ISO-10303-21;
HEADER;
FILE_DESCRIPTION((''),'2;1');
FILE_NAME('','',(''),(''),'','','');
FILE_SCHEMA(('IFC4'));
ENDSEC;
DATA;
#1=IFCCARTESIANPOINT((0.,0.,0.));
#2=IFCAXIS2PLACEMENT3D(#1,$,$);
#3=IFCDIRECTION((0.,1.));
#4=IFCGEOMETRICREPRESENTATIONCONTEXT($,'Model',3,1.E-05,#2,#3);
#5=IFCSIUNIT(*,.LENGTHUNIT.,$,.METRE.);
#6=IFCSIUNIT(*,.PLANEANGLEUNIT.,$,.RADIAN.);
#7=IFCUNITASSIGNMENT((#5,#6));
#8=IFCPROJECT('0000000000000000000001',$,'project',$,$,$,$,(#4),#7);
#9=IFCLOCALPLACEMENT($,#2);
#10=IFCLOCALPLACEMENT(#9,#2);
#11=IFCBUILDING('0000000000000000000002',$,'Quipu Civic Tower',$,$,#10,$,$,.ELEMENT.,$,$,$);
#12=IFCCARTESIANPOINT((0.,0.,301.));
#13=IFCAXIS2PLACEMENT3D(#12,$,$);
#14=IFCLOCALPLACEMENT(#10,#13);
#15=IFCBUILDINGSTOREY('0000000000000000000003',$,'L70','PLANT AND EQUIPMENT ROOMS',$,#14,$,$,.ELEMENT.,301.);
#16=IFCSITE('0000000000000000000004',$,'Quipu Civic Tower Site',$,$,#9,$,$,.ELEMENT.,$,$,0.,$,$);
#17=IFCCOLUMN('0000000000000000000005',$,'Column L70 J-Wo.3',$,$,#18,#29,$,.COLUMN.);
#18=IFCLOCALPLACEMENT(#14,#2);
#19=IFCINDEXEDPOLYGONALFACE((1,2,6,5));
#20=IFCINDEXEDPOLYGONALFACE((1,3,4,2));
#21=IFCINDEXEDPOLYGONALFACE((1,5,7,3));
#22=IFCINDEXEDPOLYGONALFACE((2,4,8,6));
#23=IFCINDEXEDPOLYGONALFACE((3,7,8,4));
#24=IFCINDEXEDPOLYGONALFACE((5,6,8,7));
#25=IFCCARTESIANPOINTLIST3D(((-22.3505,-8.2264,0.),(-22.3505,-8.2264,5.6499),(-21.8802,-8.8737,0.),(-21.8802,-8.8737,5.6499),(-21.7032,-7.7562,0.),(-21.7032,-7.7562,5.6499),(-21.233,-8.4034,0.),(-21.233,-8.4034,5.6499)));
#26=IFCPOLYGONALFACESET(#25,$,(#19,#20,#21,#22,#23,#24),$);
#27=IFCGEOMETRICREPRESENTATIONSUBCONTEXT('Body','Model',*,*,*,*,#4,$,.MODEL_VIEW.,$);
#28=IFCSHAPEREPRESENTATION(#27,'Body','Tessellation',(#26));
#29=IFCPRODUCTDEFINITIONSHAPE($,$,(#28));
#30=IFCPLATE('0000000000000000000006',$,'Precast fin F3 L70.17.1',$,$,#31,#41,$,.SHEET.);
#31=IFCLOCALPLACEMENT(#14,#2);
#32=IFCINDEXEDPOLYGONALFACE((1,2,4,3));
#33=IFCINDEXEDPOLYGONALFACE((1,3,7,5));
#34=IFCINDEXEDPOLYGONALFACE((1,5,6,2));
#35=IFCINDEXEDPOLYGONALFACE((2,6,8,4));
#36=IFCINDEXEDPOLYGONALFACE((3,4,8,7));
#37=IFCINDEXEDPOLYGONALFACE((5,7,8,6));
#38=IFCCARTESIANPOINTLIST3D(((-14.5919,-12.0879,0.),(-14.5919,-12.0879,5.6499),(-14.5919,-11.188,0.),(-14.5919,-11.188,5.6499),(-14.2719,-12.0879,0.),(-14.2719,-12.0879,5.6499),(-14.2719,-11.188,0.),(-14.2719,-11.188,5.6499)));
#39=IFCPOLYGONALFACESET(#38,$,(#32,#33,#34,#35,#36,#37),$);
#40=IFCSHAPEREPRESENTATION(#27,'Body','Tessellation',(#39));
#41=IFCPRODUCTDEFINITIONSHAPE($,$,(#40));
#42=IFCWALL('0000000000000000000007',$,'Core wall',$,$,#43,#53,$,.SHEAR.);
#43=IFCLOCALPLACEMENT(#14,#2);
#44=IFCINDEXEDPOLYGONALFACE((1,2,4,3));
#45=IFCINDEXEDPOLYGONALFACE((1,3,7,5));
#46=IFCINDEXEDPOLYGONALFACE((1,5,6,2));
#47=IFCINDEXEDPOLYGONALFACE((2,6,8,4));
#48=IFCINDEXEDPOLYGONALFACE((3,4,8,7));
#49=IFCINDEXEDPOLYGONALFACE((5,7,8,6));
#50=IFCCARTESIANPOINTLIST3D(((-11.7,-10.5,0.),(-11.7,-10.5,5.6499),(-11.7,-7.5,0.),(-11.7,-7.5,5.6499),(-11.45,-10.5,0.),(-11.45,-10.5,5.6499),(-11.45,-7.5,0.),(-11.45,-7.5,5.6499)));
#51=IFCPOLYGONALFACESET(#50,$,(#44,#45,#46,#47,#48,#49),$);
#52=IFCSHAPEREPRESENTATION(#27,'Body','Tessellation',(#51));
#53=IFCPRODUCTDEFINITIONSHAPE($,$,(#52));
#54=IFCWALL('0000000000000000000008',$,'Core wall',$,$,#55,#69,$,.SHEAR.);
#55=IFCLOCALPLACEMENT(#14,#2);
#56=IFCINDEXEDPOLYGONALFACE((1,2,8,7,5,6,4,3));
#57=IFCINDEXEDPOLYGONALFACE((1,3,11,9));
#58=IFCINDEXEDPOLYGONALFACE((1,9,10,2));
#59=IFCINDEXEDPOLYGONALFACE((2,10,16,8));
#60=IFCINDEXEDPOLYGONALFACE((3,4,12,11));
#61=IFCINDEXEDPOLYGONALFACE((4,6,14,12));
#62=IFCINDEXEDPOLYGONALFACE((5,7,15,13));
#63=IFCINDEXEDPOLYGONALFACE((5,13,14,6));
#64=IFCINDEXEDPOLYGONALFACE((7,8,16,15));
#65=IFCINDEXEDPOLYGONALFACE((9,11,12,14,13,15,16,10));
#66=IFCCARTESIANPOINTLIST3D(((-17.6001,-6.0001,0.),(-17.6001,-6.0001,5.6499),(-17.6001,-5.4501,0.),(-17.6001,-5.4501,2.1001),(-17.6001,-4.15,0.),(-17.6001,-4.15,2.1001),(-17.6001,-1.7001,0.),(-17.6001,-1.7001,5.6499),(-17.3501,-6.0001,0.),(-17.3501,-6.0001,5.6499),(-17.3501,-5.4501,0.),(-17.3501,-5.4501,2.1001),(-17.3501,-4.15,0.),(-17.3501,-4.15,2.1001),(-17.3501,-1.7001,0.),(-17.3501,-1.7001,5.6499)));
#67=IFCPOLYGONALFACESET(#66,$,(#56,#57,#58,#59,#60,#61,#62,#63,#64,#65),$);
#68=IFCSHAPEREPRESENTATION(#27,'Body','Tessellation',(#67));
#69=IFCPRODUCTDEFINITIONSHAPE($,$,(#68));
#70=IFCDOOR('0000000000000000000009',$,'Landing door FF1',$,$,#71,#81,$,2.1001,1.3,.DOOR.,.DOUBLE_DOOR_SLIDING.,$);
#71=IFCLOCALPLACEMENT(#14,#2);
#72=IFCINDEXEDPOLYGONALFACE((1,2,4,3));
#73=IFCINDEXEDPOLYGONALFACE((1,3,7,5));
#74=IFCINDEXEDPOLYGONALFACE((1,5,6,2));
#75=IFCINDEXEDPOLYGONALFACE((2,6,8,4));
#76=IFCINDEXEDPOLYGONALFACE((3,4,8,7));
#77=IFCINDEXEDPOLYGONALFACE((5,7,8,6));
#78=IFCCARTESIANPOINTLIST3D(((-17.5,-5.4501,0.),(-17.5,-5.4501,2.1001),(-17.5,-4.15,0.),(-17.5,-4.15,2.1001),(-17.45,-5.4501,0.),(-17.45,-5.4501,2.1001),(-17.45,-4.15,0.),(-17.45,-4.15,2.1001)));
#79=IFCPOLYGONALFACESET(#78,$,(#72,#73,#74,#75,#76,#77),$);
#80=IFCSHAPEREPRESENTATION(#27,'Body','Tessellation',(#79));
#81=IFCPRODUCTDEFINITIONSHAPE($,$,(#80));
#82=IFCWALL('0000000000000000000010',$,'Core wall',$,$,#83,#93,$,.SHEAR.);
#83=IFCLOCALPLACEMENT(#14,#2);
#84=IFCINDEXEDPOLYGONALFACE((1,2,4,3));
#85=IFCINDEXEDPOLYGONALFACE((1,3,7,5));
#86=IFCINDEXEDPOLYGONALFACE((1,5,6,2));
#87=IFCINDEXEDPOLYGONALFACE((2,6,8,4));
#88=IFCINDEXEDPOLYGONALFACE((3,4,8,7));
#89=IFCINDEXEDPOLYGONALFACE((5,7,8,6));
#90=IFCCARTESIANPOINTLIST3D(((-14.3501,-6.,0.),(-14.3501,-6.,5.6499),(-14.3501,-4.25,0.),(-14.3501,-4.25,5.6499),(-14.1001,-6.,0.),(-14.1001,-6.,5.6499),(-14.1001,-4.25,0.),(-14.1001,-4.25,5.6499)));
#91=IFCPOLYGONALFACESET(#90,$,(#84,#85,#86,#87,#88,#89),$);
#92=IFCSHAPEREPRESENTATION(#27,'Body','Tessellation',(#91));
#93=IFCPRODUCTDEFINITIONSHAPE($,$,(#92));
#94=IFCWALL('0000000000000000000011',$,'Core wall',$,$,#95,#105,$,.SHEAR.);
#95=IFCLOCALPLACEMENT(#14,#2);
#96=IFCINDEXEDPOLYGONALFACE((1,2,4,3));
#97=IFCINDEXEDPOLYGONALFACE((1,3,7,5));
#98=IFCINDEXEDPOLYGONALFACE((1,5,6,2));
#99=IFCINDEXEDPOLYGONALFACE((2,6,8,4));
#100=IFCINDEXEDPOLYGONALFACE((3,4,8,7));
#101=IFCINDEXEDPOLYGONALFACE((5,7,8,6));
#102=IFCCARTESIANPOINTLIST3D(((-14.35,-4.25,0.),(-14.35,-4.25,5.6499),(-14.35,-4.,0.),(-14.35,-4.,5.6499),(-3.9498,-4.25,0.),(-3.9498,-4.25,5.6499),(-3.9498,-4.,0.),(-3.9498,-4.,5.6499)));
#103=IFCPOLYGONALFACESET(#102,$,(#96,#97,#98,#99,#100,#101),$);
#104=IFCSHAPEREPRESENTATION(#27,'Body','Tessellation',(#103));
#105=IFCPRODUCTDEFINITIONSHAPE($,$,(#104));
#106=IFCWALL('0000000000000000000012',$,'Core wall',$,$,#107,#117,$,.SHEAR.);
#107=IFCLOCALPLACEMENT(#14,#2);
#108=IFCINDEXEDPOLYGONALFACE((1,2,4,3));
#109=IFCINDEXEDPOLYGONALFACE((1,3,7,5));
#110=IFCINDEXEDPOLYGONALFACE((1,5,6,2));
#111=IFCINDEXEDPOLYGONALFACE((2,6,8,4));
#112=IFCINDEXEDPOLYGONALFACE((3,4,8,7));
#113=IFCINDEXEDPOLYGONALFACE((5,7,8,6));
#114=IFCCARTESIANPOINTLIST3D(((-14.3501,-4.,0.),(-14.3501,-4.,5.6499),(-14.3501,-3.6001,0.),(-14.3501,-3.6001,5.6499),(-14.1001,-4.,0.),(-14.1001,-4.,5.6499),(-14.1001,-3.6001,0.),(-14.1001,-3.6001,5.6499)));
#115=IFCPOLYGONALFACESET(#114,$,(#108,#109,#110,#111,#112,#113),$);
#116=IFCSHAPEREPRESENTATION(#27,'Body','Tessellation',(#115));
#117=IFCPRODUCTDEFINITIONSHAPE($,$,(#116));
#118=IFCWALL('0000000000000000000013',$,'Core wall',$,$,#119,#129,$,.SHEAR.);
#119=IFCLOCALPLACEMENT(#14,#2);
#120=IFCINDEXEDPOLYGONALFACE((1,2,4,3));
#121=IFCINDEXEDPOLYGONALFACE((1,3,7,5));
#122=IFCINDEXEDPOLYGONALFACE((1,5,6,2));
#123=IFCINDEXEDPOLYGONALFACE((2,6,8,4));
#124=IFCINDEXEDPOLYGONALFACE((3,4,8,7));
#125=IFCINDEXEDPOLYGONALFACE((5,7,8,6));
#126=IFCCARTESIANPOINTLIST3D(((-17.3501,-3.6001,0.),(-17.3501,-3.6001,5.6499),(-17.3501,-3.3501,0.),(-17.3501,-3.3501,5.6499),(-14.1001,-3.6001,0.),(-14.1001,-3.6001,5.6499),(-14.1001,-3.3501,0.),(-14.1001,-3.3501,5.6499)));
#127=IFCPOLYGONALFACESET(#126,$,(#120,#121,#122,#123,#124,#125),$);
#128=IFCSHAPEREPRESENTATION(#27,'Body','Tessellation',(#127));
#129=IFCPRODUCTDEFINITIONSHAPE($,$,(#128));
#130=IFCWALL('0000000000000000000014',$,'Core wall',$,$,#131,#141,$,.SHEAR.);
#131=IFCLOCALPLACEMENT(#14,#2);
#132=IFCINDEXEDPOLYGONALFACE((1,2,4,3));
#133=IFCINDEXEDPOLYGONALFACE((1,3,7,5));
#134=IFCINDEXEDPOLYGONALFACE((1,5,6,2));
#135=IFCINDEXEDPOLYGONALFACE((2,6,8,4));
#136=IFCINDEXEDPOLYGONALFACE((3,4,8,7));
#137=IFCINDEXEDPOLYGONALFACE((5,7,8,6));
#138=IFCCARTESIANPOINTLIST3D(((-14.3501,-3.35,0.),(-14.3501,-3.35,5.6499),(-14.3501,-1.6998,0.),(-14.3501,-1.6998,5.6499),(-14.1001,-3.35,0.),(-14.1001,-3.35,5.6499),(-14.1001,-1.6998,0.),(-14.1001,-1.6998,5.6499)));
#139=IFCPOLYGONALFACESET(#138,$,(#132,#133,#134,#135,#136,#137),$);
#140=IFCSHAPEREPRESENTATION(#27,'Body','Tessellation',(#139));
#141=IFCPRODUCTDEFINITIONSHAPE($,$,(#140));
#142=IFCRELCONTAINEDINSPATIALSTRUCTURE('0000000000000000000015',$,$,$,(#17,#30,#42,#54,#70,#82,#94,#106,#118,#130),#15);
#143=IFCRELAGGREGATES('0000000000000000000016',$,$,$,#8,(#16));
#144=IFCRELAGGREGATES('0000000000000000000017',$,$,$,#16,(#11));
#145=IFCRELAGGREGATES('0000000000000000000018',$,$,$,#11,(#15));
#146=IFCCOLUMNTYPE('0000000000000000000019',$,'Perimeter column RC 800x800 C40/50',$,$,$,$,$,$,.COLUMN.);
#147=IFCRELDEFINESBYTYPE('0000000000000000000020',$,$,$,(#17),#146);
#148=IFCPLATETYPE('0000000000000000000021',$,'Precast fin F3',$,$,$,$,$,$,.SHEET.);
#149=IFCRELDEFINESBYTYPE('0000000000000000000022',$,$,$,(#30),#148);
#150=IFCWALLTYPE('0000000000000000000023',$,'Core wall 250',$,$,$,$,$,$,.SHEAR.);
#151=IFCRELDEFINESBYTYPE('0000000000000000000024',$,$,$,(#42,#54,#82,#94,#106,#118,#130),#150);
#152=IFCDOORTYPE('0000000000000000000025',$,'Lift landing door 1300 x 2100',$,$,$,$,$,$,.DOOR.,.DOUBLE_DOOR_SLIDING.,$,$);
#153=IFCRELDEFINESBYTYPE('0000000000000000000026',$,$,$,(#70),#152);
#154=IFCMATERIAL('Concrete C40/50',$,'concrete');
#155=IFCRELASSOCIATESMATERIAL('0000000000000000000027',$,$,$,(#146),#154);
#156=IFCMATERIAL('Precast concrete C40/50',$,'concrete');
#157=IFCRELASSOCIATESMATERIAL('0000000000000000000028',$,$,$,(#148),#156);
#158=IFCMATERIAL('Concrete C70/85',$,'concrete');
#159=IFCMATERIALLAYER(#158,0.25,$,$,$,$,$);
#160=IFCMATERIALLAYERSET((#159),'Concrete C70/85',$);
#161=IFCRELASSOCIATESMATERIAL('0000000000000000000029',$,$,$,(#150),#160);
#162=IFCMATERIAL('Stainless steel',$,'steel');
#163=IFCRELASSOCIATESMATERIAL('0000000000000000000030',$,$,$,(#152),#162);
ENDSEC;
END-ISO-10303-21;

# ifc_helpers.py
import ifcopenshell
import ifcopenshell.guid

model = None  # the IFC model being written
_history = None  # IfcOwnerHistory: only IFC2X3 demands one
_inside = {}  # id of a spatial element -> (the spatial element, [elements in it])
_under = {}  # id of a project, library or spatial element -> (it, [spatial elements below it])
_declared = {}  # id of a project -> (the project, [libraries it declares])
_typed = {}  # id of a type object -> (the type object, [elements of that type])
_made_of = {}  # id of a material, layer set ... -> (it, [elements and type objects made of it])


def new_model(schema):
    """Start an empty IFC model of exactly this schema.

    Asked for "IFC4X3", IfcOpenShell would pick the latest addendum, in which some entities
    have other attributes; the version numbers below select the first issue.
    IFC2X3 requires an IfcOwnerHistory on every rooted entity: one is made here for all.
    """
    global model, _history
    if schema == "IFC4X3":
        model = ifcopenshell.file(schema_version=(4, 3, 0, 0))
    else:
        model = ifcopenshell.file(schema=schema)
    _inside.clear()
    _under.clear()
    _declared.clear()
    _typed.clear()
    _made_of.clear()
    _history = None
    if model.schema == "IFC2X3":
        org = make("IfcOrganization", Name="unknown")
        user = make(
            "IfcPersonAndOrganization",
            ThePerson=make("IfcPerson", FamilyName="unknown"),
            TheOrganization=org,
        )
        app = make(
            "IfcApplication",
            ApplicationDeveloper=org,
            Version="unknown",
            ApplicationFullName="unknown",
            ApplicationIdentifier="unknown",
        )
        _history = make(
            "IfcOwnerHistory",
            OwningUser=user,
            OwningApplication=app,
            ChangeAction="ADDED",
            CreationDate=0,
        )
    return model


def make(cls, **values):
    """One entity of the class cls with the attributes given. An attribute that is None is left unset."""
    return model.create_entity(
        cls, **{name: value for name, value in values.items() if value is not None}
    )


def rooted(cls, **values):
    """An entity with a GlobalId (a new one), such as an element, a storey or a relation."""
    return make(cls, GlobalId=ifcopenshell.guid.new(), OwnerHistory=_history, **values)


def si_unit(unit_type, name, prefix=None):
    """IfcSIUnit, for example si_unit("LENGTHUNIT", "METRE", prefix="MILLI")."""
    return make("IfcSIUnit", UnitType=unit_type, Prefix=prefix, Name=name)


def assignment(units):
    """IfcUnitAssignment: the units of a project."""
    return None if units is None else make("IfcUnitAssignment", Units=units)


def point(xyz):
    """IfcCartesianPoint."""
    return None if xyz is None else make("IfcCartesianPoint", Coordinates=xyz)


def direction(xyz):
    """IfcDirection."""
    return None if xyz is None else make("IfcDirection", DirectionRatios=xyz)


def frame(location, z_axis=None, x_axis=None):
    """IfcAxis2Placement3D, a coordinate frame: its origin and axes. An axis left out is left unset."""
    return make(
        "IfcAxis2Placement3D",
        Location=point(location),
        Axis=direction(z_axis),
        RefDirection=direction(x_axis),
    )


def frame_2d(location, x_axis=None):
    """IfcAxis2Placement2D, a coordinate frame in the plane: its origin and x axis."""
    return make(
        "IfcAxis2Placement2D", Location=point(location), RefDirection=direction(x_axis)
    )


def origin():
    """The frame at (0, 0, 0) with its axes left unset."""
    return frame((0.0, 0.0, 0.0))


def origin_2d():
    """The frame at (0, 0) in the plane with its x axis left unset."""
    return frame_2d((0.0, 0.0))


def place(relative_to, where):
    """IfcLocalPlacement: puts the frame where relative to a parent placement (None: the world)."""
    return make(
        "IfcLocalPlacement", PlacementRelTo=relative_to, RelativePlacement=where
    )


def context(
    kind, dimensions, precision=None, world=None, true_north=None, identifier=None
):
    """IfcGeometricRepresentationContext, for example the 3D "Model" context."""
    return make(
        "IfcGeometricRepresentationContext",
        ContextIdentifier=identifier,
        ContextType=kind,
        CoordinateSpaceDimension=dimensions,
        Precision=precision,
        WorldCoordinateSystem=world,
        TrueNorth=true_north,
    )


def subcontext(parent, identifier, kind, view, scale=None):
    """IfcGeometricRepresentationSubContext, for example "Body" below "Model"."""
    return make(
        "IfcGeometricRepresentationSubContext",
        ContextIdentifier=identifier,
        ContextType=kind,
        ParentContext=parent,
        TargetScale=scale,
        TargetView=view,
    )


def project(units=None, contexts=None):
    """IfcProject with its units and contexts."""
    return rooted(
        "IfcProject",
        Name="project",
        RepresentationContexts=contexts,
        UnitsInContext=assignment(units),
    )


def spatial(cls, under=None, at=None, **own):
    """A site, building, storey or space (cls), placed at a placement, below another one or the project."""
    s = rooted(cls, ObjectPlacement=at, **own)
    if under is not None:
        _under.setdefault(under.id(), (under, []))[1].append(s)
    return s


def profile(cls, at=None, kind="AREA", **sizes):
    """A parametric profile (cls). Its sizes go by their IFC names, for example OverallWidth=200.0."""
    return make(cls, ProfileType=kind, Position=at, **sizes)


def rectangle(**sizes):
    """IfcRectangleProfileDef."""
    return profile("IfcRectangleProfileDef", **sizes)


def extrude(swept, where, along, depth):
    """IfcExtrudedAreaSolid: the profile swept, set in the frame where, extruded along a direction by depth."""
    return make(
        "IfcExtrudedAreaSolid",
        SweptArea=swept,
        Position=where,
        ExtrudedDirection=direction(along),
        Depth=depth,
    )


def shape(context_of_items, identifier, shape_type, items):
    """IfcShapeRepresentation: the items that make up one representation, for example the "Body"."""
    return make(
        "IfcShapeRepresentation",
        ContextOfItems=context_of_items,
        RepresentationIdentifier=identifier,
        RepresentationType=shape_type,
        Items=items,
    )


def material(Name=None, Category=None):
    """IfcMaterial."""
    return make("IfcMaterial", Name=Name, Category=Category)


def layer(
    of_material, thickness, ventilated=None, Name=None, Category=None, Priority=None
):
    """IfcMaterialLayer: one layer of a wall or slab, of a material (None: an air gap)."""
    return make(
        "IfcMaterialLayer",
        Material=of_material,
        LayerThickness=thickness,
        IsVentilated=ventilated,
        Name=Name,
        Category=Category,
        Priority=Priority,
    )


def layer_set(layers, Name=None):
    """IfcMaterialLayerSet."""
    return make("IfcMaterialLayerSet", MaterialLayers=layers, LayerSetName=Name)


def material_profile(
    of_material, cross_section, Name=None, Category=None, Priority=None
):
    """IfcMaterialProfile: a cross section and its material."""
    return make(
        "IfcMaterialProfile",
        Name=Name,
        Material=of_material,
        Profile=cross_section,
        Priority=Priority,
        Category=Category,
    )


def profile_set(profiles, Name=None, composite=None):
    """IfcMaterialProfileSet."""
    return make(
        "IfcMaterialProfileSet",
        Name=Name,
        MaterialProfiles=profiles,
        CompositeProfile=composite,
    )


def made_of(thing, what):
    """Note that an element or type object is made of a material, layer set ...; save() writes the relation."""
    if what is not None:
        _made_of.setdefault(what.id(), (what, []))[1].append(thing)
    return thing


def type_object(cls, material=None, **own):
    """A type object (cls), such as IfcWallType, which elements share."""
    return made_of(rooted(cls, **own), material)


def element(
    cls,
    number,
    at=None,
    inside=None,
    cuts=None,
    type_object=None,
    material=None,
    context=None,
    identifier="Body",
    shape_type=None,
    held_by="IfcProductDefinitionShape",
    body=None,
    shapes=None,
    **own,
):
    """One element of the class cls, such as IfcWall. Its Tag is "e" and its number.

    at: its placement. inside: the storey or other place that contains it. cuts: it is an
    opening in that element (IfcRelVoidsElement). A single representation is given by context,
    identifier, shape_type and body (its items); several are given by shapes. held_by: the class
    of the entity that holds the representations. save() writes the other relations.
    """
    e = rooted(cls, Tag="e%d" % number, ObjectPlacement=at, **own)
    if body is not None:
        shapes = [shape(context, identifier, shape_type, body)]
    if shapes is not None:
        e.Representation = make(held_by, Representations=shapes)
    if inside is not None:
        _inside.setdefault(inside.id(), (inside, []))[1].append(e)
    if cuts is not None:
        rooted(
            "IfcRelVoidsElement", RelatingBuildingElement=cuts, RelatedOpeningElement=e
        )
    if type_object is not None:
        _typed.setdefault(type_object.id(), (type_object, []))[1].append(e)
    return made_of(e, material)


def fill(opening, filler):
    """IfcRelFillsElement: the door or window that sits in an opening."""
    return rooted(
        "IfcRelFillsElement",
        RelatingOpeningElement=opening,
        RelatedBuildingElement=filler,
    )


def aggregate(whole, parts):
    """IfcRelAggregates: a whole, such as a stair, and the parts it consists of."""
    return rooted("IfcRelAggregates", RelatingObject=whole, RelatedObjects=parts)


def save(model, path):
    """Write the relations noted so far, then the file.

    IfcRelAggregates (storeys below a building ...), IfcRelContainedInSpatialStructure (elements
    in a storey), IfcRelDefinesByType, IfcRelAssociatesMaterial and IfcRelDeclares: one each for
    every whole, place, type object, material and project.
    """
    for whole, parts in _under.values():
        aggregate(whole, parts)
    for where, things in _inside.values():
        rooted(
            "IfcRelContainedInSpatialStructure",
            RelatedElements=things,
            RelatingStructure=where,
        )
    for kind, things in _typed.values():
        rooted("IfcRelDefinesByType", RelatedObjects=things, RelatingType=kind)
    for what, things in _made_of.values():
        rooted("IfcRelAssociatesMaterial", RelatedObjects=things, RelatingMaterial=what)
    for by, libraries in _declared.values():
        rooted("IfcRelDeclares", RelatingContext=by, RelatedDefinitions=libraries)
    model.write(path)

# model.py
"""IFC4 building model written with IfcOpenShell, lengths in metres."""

from ifc_helpers import new_model, si_unit, direction, frame, frame_2d, origin, origin_2d, place, context, subcontext, project, spatial, rectangle, extrude, material, layer, layer_set, material_profile, profile_set, type_object, element, fill, save


model = new_model("IFC4")

# Units and contexts
model_context = context("Model", 3, precision=1e-05, world=origin(), true_north=direction((0.0, 1.0)))
body_context = subcontext(model_context, "Body", "Model", "MODEL_VIEW")
ifc_project = project(units=[si_unit("LENGTHUNIT", "METRE"), si_unit("PLANEANGLEUNIT", "RADIAN")], contexts=[model_context])

# Site, building, storey
site_placement = place(None, origin())
site = spatial("IfcSite", under=ifc_project, at=site_placement, Name="Quipu Civic Tower Site", CompositionType="ELEMENT", RefElevation=0.0)
building_placement = place(site_placement, origin())
building = spatial("IfcBuilding", under=site, at=building_placement, Name="Quipu Civic Tower", CompositionType="ELEMENT")
storey_placement = place(building_placement, frame((0.0, 0.0, 301.0)))
storey = spatial("IfcBuildingStorey", under=building, at=storey_placement, Name="L70", Description="PLANT AND EQUIPMENT ROOMS", CompositionType="ELEMENT", Elevation=301.0)

# Column
ifc_material_1 = material(Name="Concrete C40/50", Category="concrete")
ifc_material_profile = material_profile(ifc_material_1, rectangle(XDim=0.8, YDim=0.8, at=origin_2d()), Name="RC800x800")
ifc_profile_set = profile_set([ifc_material_profile], Name="Concrete C40/50")
column_type = type_object("IfcColumnType", Name="Perimeter column RC 800x800 C40/50", PredefinedType="COLUMN", material=ifc_profile_set)
column_placement = place(storey_placement, frame((-21.7917, -8.3149, 0.0), z_axis=(0.0, 0.0, 1.0), x_axis=(0.587785, -0.809017, 0.0)))
element("IfcColumn", 1, at=column_placement, inside=storey, type_object=column_type, Name="Column L70 J-Wo.3", PredefinedType="COLUMN", context=body_context, shape_type="SweptSolid", body=[
    extrude(rectangle(XDim=0.8, YDim=0.8, at=origin_2d()), origin(), (0.0, 0.0, 1.0), 5.6499),
])

# Plate
ifc_material_2 = material(Name="Precast concrete C40/50", Category="concrete")
plate_type = type_object("IfcPlateType", Name="Precast fin F3", PredefinedType="SHEET", material=ifc_material_2)
plate_placement = place(storey_placement, frame((-14.4319, -11.6379, 0.0), z_axis=(0.0, 0.0, 1.0), x_axis=(1.0, 0.0, 0.0)))
element("IfcPlate", 2, at=plate_placement, inside=storey, type_object=plate_type, Name="Precast fin F3 L70.17.1", PredefinedType="SHEET", context=body_context, shape_type="SweptSolid", body=[
    extrude(rectangle(XDim=0.3201, YDim=0.8999, at=origin_2d()), origin(), (0.0, 0.0, 1.0), 5.6499),
])

# Wall
ifc_material_3 = material(Name="Concrete C70/85", Category="concrete")
ifc_layer_1 = layer(ifc_material_3, 0.25)
ifc_layer_set_1 = layer_set([ifc_layer_1], Name="Concrete C70/85")
wall_type_1 = type_object("IfcWallType", Name="Core wall 250", PredefinedType="SHEAR", material=ifc_layer_set_1)
wall_1_placement = place(storey_placement, frame((-11.575, -10.5, 0.0), z_axis=(0.0, 0.0, 1.0), x_axis=(0.0, 1.0, 0.0)))
element("IfcWall", 3, at=wall_1_placement, inside=storey, type_object=wall_type_1, Name="Core wall", PredefinedType="SHEAR", context=body_context, shape_type="SweptSolid", body=[
    extrude(rectangle(XDim=3.0, YDim=0.25, at=frame_2d((1.5, 0.0))), origin(), (0.0, 0.0, 1.0), 5.6499),
])

# Wall, opening, door
wall_2_placement = place(storey_placement, frame((-17.4751, -6.0, 0.0), z_axis=(0.0, 0.0, 1.0), x_axis=(0.0, 1.0, 0.0)))
wall_2 = element("IfcWall", 4, at=wall_2_placement, inside=storey, type_object=wall_type_1, Name="Core wall", PredefinedType="SHEAR", context=body_context, shape_type="SweptSolid", body=[
    extrude(rectangle(XDim=4.3, YDim=0.25, at=frame_2d((2.1499, 0.0))), origin(), (0.0, 0.0, 1.0), 5.6499),
])
opening_1_placement = place(wall_2_placement, frame((0.55, 0.0, 0.0)))
opening_1 = element("IfcOpeningElement", 5, at=opening_1_placement, cuts=wall_2, PredefinedType="OPENING", context=body_context, shape_type="SweptSolid", body=[
    extrude(rectangle(XDim=1.3, YDim=2.1001, at=frame_2d((0.6499, 1.05))), frame((0.0, 0.135, 0.0), z_axis=(0.0, -1.0, 0.0), x_axis=(1.0, 0.0, 0.0)), (0.0, 0.0, 1.0), 0.27),
])
ifc_material_4 = material(Name="Stainless steel", Category="steel")
door_type_1 = type_object("IfcDoorType", Name="Lift landing door 1300 x 2100", OperationType="DOUBLE_DOOR_SLIDING", PredefinedType="DOOR", material=ifc_material_4)
door_1_placement = place(opening_1_placement, origin())
door_1 = element("IfcDoor", 6, at=door_1_placement, inside=storey, type_object=door_type_1, Name="Landing door FF1", OperationType="DOUBLE_DOOR_SLIDING", OverallHeight=2.1001, OverallWidth=1.3, PredefinedType="DOOR", context=body_context, shape_type="SweptSolid", body=[
    extrude(rectangle(XDim=1.3, YDim=2.1001, at=frame_2d((0.6499, 1.05))), frame((0.0, 0.0249, 0.0), z_axis=(0.0, -1.0, 0.0), x_axis=(1.0, 0.0, 0.0)), (0.0, 0.0, 1.0), 0.05),
])
fill(opening_1, door_1)

# Walls
wall_3_placement = place(storey_placement, frame((-14.2251, -6.0, 0.0), z_axis=(0.0, 0.0, 1.0), x_axis=(0.0, 1.0, 0.0)))
element("IfcWall", 7, at=wall_3_placement, inside=storey, type_object=wall_type_1, Name="Core wall", PredefinedType="SHEAR", context=body_context, shape_type="SweptSolid", body=[
    extrude(rectangle(XDim=1.75, YDim=0.25, at=frame_2d((0.875, 0.0))), origin(), (0.0, 0.0, 1.0), 5.6499),
])
wall_4_placement = place(storey_placement, frame((-14.3501, -4.125, 0.0), z_axis=(0.0, 0.0, 1.0), x_axis=(1.0, 0.0, 0.0)))
element("IfcWall", 8, at=wall_4_placement, inside=storey, type_object=wall_type_1, Name="Core wall", PredefinedType="SHEAR", context=body_context, shape_type="SweptSolid", body=[
    extrude(rectangle(XDim=10.4001, YDim=0.25, at=frame_2d((5.2002, 0.0))), origin(), (0.0, 0.0, 1.0), 5.6499),
])
wall_5_placement = place(storey_placement, frame((-14.2251, -4.0, 0.0), z_axis=(0.0, 0.0, 1.0), x_axis=(0.0, 1.0, 0.0)))
element("IfcWall", 9, at=wall_5_placement, inside=storey, type_object=wall_type_1, Name="Core wall", PredefinedType="SHEAR", context=body_context, shape_type="SweptSolid", body=[
    extrude(rectangle(XDim=0.3999, YDim=0.25, at=frame_2d((0.2, 0.0))), origin(), (0.0, 0.0, 1.0), 5.6499),
])
wall_6_placement = place(storey_placement, frame((-17.3501, -3.4751, 0.0), z_axis=(0.0, 0.0, 1.0), x_axis=(1.0, 0.0, 0.0)))
element("IfcWall", 10, at=wall_6_placement, inside=storey, type_object=wall_type_1, Name="Core wall", PredefinedType="SHEAR", context=body_context, shape_type="SweptSolid", body=[
    extrude(rectangle(XDim=3.25, YDim=0.25, at=frame_2d((1.625, 0.0))), origin(), (0.0, 0.0, 1.0), 5.6499),
])
wall_7_placement = place(storey_placement, frame((-14.2251, -3.3501, 0.0), z_axis=(0.0, 0.0, 1.0), x_axis=(0.0, 1.0, 0.0)))
element("IfcWall", 11, at=wall_7_placement, inside=storey, type_object=wall_type_1, Name="Core wall", PredefinedType="SHEAR", context=body_context, shape_type="SweptSolid", body=[
    extrude(rectangle(XDim=1.6501, YDim=0.25, at=frame_2d((0.8252, 0.0))), origin(), (0.0, 0.0, 1.0), 5.6499),
])

save(model, "model.ifc")
